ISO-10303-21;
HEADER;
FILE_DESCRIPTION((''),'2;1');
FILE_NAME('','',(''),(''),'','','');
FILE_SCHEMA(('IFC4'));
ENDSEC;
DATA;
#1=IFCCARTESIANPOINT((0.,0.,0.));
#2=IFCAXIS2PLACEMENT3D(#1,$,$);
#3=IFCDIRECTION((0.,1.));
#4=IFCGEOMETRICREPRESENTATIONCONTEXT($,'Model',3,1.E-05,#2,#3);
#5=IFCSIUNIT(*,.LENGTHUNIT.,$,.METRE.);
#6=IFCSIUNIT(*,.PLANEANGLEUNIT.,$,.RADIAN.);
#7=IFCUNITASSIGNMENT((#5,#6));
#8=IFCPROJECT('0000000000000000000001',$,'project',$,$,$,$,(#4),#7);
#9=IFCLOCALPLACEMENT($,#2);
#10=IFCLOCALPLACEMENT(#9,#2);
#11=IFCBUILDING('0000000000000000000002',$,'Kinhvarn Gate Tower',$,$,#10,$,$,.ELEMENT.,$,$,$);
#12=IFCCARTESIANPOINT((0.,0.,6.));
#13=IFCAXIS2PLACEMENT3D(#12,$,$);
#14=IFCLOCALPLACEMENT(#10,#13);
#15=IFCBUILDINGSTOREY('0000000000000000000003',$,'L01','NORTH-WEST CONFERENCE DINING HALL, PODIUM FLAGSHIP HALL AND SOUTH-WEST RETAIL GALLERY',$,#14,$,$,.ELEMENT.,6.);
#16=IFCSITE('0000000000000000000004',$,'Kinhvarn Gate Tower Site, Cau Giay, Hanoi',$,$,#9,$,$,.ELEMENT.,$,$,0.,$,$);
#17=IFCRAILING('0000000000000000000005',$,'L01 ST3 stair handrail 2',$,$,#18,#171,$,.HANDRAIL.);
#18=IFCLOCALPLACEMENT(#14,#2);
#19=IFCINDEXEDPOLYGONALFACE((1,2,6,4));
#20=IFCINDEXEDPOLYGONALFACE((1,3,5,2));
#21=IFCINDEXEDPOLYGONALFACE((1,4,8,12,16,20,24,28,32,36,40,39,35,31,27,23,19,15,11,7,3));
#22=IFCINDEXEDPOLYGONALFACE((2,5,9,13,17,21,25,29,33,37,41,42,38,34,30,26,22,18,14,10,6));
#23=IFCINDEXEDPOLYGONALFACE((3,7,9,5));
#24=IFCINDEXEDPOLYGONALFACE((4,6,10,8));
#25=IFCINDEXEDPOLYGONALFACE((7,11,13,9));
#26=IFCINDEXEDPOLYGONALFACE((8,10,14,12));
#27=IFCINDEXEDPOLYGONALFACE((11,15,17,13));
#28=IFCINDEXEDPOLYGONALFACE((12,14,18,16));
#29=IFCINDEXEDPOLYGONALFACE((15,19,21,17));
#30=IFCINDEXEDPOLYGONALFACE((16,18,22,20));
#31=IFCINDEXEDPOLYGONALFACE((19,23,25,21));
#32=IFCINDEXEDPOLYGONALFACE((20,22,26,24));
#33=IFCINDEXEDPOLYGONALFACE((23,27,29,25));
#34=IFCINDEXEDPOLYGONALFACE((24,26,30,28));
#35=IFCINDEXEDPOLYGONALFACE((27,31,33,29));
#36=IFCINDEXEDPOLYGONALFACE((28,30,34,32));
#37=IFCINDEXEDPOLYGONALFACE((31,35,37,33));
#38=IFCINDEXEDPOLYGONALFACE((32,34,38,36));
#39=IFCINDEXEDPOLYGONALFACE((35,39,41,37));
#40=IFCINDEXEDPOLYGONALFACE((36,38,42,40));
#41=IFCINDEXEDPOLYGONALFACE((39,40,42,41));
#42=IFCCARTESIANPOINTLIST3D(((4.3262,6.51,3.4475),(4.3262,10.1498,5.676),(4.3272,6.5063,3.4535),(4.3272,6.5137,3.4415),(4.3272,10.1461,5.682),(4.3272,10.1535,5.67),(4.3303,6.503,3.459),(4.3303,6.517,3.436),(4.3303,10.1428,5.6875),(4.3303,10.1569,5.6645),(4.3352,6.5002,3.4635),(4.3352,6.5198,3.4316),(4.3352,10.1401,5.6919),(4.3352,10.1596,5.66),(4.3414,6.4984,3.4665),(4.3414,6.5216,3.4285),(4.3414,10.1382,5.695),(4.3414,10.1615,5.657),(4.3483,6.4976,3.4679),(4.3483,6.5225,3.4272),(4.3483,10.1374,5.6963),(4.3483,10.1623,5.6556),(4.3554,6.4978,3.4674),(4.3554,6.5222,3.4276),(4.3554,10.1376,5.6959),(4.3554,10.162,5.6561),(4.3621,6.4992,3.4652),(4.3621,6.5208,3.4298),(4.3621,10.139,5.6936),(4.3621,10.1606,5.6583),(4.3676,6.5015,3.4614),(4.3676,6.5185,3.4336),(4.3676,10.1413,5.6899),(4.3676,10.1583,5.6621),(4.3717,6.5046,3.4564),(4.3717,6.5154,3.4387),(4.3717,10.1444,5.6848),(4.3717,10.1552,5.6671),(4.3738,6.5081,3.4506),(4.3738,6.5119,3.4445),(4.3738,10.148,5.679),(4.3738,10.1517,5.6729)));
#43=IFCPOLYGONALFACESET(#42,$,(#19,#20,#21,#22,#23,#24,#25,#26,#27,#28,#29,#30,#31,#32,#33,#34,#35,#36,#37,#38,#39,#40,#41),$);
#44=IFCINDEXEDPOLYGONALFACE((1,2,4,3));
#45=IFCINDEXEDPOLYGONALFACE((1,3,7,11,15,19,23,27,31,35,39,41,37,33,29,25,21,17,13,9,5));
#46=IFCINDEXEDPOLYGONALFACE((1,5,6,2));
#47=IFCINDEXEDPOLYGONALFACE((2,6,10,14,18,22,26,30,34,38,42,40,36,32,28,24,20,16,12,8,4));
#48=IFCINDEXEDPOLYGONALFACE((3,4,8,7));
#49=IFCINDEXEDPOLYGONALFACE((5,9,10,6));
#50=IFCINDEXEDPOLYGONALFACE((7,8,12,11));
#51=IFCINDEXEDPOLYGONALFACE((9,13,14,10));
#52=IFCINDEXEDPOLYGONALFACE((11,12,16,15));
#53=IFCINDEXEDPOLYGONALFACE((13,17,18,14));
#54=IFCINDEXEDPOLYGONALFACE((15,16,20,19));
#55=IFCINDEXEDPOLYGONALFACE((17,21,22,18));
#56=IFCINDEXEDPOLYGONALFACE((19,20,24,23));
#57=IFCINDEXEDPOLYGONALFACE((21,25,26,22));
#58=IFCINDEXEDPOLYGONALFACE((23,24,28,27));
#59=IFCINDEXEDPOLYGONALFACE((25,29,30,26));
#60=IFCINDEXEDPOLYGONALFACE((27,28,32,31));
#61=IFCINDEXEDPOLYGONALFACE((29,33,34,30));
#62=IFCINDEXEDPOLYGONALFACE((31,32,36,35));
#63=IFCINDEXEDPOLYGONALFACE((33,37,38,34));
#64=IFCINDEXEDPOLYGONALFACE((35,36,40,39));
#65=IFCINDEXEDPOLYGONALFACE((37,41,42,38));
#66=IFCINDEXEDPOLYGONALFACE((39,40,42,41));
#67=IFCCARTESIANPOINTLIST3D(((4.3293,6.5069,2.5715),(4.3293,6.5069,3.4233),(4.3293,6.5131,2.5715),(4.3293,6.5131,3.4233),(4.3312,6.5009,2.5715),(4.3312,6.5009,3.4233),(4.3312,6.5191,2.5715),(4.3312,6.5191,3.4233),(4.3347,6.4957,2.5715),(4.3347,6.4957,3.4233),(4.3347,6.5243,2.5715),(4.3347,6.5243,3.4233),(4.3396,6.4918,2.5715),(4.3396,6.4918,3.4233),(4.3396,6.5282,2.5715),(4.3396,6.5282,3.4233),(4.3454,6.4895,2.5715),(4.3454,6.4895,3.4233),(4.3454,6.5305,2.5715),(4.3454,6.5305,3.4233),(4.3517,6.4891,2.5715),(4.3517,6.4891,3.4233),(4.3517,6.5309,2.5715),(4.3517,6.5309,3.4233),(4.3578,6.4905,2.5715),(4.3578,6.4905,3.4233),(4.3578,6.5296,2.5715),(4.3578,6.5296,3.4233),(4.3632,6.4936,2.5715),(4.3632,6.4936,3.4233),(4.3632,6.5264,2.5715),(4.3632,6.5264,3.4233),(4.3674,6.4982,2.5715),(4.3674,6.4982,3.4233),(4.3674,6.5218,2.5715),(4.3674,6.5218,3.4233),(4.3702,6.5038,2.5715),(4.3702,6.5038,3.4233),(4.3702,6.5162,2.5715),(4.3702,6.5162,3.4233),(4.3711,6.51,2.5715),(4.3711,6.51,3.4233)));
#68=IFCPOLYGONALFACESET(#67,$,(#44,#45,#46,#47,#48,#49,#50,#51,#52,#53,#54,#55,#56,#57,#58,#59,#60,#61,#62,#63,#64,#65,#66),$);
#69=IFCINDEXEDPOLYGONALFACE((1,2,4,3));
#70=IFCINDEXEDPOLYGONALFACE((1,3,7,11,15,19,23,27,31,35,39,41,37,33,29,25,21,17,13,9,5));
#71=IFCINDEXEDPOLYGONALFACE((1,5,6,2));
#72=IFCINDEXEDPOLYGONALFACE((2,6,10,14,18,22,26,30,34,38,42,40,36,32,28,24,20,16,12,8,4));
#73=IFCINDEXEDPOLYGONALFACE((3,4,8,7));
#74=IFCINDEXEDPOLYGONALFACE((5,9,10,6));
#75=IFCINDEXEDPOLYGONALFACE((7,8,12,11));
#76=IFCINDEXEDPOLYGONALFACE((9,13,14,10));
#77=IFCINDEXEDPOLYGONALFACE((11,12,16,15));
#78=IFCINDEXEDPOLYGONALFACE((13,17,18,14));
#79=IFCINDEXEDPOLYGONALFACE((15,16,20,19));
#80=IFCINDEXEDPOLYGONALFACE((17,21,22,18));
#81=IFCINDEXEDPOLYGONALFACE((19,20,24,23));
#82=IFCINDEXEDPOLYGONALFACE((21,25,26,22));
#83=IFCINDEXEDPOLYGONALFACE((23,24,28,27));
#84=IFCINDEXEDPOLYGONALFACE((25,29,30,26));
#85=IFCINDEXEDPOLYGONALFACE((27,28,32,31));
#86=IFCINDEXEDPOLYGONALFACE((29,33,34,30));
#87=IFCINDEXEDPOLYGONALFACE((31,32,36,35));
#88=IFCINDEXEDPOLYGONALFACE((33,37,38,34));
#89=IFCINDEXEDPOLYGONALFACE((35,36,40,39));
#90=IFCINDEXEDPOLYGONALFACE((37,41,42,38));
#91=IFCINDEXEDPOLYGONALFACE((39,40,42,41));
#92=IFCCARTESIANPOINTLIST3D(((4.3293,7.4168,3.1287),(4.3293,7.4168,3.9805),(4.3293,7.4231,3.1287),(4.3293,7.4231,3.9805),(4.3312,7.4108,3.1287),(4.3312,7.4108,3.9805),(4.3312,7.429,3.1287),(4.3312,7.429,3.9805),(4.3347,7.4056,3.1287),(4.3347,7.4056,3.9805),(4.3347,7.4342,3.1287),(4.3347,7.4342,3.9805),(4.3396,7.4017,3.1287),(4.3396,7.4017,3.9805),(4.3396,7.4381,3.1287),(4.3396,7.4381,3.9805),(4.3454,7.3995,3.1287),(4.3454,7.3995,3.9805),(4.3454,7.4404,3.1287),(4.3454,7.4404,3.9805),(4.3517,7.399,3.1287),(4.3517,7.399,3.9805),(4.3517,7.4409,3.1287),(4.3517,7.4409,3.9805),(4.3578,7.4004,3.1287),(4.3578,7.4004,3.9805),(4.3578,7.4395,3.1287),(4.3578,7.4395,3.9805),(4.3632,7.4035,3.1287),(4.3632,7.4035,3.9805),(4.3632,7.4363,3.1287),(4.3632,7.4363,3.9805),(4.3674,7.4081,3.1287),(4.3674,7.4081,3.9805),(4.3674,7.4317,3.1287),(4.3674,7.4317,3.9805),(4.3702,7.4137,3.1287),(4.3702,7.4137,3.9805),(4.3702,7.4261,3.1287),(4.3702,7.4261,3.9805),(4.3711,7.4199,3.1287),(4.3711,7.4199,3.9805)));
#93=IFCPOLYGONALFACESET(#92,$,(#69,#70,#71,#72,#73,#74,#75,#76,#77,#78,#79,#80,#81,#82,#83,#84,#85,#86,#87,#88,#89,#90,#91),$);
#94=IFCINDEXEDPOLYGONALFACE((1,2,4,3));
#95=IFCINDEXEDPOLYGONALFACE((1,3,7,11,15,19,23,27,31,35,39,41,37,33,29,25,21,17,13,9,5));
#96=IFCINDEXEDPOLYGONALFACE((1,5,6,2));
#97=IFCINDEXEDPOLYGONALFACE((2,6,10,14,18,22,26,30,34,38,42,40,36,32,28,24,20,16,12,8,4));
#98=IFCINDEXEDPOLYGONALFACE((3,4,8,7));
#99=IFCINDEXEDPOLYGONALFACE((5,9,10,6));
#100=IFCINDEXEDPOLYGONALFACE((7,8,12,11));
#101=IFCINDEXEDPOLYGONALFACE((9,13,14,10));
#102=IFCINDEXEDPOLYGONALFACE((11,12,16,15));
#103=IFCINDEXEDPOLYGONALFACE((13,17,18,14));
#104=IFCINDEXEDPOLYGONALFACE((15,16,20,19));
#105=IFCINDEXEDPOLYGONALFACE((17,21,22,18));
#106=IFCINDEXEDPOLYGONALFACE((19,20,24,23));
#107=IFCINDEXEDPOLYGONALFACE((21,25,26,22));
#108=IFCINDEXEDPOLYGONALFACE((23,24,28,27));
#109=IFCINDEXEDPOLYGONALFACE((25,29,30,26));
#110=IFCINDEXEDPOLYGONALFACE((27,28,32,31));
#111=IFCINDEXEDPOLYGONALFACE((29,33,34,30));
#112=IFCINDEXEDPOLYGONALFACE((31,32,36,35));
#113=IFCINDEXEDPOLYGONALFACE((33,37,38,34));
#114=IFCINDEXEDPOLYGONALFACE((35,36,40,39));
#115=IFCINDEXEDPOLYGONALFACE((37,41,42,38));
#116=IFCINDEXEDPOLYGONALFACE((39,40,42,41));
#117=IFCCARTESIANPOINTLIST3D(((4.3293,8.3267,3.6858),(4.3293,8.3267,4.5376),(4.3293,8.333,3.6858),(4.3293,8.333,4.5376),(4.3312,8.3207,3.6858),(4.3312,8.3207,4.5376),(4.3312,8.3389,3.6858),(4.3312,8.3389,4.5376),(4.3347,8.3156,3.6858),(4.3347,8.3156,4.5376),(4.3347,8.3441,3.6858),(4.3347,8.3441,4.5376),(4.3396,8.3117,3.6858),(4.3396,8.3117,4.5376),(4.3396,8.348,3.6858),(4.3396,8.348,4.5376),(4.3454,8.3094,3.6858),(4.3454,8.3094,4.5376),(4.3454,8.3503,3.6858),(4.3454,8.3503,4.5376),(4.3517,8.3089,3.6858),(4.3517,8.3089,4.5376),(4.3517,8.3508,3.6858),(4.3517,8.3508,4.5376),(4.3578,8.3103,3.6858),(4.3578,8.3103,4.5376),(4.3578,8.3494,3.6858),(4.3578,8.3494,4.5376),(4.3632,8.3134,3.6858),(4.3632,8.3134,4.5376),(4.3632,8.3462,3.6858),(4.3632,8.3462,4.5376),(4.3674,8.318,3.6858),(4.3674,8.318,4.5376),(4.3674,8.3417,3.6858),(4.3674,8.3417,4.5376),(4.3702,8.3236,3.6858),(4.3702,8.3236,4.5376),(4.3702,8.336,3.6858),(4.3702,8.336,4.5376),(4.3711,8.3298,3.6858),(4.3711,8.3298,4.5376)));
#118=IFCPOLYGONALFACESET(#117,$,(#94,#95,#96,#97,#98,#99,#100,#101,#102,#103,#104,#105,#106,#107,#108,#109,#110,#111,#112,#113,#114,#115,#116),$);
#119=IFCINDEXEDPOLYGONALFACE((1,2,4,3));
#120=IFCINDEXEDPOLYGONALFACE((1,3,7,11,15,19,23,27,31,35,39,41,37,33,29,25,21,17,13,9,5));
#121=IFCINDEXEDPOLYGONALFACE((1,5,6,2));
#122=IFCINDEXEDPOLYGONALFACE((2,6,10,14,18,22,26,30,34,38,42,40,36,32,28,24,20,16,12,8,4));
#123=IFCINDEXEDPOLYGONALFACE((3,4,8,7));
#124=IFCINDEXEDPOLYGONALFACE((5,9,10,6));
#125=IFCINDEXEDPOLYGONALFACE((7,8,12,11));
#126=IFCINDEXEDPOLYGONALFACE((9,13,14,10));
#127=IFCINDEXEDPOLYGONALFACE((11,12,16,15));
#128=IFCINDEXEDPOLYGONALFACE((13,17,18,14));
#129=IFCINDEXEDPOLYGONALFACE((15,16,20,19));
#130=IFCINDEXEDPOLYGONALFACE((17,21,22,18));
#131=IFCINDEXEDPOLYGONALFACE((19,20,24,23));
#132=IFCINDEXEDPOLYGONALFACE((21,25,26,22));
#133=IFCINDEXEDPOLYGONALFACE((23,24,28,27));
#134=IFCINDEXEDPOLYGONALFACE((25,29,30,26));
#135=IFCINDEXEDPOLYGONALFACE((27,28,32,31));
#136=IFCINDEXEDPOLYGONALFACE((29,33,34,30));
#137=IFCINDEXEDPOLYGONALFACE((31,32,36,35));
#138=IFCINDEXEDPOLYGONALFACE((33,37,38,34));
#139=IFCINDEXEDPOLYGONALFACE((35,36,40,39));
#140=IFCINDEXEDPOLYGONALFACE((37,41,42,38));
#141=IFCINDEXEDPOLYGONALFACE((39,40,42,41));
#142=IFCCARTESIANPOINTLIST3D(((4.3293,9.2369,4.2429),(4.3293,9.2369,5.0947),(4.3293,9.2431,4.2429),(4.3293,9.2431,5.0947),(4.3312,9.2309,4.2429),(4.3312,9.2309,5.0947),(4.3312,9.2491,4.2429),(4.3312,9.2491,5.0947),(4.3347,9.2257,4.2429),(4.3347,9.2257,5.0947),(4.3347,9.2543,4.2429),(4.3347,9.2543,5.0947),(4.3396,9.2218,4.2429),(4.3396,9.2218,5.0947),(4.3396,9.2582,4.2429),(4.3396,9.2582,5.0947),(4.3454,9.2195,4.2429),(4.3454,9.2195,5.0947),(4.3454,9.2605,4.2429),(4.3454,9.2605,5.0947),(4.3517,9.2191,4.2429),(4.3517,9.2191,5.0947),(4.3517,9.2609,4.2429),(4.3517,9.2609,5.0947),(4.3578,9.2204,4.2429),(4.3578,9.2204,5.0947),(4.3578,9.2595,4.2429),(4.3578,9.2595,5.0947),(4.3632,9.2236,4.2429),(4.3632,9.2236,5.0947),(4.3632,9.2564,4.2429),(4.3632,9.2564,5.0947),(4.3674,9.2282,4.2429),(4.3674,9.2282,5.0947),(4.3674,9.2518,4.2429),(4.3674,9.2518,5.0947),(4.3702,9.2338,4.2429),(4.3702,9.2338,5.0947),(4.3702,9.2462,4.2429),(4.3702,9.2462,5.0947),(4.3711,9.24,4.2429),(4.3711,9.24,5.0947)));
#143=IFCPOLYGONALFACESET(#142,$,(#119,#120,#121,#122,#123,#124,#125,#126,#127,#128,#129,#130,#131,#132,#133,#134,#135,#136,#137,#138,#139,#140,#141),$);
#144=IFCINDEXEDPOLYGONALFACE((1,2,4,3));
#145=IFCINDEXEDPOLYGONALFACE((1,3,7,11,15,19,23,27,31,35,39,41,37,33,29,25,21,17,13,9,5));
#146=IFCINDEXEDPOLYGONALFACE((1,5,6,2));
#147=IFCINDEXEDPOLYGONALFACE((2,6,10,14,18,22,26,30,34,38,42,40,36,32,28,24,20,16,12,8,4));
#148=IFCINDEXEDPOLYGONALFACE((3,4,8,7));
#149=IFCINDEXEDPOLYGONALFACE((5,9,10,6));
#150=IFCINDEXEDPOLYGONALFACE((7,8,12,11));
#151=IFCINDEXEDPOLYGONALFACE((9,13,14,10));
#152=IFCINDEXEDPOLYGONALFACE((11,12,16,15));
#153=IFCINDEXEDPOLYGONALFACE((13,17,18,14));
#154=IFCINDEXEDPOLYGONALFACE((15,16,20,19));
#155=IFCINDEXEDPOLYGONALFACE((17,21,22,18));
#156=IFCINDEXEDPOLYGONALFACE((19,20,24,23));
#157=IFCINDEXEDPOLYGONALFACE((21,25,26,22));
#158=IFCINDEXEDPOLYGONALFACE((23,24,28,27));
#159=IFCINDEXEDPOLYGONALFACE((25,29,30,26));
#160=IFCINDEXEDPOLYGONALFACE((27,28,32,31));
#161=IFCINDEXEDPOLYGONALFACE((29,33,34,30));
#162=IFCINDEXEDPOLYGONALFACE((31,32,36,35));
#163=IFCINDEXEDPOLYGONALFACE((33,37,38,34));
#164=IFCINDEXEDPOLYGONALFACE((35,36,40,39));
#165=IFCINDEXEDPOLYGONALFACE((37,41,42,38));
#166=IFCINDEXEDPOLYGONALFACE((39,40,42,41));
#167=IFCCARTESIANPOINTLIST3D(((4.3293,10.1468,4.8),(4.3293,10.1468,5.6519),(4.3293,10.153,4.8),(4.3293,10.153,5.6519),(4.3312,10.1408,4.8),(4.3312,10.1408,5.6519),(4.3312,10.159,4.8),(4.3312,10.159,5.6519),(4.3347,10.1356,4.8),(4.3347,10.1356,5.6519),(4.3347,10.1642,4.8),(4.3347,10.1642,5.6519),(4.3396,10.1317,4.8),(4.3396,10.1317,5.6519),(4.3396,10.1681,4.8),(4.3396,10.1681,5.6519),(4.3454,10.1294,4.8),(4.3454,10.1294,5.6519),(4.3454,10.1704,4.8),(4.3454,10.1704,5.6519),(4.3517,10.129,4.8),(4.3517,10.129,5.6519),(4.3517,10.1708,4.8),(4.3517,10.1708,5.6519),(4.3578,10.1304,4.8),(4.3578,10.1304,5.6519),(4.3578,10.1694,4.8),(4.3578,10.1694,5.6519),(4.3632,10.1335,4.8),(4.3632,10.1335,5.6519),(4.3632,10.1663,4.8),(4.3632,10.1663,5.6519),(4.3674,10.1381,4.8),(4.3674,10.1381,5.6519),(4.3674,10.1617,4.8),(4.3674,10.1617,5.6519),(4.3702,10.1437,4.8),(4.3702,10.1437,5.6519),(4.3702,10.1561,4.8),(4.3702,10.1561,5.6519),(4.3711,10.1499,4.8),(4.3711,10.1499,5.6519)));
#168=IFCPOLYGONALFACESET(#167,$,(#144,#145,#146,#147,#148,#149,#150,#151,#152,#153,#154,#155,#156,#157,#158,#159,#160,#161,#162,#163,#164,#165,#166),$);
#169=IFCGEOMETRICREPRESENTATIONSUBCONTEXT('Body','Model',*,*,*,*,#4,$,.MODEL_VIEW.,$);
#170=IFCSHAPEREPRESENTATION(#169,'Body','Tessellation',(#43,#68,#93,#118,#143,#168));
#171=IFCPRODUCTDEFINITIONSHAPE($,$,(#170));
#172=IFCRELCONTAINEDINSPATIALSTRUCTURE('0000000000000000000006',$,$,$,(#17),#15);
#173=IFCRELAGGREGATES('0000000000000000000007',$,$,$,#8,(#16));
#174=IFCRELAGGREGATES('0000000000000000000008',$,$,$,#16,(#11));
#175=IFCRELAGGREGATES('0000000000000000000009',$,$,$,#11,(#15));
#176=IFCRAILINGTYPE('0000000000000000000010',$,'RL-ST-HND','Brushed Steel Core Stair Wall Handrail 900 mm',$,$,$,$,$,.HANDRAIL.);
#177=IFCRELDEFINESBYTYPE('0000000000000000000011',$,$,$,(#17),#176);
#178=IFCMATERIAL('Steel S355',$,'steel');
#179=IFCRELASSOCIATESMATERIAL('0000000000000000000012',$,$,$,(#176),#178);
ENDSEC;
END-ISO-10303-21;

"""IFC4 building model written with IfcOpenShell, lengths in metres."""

from ifc_helpers import new_model, si_unit, direction, frame, origin, origin_2d, place, context, subcontext, project, spatial, circle, extrude, material, type_object, element, save


model = new_model("IFC4")

# Units and contexts
model_context = context("Model", 3, precision=1e-05, world=origin(), true_north=direction((0.0, 1.0)))
body_context = subcontext(model_context, "Body", "Model", "MODEL_VIEW")
ifc_project = project(units=[si_unit("LENGTHUNIT", "METRE"), si_unit("PLANEANGLEUNIT", "RADIAN")], contexts=[model_context])

# Site, building, storey
site_placement = place(None, origin())
site = spatial("IfcSite", under=ifc_project, at=site_placement, Name="Kinhvarn Gate Tower Site, Cau Giay, Hanoi", CompositionType="ELEMENT", RefElevation=0.0)
building_placement = place(site_placement, origin())
building = spatial("IfcBuilding", under=site, at=building_placement, Name="Kinhvarn Gate Tower", CompositionType="ELEMENT")
storey_placement = place(building_placement, frame((0.0, 0.0, 6.0)))
storey = spatial("IfcBuildingStorey", under=building, at=storey_placement, Name="L01", Description="NORTH-WEST CONFERENCE DINING HALL, PODIUM FLAGSHIP HALL AND SOUTH-WEST RETAIL GALLERY", CompositionType="ELEMENT", Elevation=6.0)

# Shared definitions
ifc_material_1 = material(Name="Steel S355", Category="steel")

# Railing
railing_type_1 = type_object("IfcRailingType", Name="RL-ST-HND", Description="Brushed Steel Core Stair Wall Handrail 900 mm", PredefinedType="HANDRAIL", material=ifc_material_1)
railing_1_placement = place(storey_placement, frame((4.3501, 6.51, 2.5715)))
element("IfcRailing", 1, at=railing_1_placement, inside=storey, type_object=railing_type_1, Name="L01 ST3 stair handrail 2", PredefinedType="HANDRAIL", context=body_context, shape_type="SweptSolid", body=[
    extrude(circle(Radius=0.0239, at=origin_2d()), frame((0.0, 0.0, 0.876), z_axis=(0.0, 0.85285, 0.522156), x_axis=(-1.0, 0.0, 0.0)), (0.0, 0.0, 1.0), 4.2678),
    extrude(circle(Radius=0.021, at=origin_2d()), origin(), (0.0, 0.0, 1.0), 0.8518),
    extrude(circle(Radius=0.021, at=origin_2d()), frame((0.0, 0.9099, 0.5571)), (0.0, 0.0, 1.0), 0.8518),
    extrude(circle(Radius=0.021, at=origin_2d()), frame((0.0, 1.8198, 1.1143)), (0.0, 0.0, 1.0), 0.8518),
    extrude(circle(Radius=0.021, at=origin_2d()), frame((0.0, 2.73, 1.6714)), (0.0, 0.0, 1.0), 0.8518),
    extrude(circle(Radius=0.021, at=origin_2d()), frame((0.0, 3.6399, 2.2285)), (0.0, 0.0, 1.0), 0.8518),
])

save(model, "model.ifc")
